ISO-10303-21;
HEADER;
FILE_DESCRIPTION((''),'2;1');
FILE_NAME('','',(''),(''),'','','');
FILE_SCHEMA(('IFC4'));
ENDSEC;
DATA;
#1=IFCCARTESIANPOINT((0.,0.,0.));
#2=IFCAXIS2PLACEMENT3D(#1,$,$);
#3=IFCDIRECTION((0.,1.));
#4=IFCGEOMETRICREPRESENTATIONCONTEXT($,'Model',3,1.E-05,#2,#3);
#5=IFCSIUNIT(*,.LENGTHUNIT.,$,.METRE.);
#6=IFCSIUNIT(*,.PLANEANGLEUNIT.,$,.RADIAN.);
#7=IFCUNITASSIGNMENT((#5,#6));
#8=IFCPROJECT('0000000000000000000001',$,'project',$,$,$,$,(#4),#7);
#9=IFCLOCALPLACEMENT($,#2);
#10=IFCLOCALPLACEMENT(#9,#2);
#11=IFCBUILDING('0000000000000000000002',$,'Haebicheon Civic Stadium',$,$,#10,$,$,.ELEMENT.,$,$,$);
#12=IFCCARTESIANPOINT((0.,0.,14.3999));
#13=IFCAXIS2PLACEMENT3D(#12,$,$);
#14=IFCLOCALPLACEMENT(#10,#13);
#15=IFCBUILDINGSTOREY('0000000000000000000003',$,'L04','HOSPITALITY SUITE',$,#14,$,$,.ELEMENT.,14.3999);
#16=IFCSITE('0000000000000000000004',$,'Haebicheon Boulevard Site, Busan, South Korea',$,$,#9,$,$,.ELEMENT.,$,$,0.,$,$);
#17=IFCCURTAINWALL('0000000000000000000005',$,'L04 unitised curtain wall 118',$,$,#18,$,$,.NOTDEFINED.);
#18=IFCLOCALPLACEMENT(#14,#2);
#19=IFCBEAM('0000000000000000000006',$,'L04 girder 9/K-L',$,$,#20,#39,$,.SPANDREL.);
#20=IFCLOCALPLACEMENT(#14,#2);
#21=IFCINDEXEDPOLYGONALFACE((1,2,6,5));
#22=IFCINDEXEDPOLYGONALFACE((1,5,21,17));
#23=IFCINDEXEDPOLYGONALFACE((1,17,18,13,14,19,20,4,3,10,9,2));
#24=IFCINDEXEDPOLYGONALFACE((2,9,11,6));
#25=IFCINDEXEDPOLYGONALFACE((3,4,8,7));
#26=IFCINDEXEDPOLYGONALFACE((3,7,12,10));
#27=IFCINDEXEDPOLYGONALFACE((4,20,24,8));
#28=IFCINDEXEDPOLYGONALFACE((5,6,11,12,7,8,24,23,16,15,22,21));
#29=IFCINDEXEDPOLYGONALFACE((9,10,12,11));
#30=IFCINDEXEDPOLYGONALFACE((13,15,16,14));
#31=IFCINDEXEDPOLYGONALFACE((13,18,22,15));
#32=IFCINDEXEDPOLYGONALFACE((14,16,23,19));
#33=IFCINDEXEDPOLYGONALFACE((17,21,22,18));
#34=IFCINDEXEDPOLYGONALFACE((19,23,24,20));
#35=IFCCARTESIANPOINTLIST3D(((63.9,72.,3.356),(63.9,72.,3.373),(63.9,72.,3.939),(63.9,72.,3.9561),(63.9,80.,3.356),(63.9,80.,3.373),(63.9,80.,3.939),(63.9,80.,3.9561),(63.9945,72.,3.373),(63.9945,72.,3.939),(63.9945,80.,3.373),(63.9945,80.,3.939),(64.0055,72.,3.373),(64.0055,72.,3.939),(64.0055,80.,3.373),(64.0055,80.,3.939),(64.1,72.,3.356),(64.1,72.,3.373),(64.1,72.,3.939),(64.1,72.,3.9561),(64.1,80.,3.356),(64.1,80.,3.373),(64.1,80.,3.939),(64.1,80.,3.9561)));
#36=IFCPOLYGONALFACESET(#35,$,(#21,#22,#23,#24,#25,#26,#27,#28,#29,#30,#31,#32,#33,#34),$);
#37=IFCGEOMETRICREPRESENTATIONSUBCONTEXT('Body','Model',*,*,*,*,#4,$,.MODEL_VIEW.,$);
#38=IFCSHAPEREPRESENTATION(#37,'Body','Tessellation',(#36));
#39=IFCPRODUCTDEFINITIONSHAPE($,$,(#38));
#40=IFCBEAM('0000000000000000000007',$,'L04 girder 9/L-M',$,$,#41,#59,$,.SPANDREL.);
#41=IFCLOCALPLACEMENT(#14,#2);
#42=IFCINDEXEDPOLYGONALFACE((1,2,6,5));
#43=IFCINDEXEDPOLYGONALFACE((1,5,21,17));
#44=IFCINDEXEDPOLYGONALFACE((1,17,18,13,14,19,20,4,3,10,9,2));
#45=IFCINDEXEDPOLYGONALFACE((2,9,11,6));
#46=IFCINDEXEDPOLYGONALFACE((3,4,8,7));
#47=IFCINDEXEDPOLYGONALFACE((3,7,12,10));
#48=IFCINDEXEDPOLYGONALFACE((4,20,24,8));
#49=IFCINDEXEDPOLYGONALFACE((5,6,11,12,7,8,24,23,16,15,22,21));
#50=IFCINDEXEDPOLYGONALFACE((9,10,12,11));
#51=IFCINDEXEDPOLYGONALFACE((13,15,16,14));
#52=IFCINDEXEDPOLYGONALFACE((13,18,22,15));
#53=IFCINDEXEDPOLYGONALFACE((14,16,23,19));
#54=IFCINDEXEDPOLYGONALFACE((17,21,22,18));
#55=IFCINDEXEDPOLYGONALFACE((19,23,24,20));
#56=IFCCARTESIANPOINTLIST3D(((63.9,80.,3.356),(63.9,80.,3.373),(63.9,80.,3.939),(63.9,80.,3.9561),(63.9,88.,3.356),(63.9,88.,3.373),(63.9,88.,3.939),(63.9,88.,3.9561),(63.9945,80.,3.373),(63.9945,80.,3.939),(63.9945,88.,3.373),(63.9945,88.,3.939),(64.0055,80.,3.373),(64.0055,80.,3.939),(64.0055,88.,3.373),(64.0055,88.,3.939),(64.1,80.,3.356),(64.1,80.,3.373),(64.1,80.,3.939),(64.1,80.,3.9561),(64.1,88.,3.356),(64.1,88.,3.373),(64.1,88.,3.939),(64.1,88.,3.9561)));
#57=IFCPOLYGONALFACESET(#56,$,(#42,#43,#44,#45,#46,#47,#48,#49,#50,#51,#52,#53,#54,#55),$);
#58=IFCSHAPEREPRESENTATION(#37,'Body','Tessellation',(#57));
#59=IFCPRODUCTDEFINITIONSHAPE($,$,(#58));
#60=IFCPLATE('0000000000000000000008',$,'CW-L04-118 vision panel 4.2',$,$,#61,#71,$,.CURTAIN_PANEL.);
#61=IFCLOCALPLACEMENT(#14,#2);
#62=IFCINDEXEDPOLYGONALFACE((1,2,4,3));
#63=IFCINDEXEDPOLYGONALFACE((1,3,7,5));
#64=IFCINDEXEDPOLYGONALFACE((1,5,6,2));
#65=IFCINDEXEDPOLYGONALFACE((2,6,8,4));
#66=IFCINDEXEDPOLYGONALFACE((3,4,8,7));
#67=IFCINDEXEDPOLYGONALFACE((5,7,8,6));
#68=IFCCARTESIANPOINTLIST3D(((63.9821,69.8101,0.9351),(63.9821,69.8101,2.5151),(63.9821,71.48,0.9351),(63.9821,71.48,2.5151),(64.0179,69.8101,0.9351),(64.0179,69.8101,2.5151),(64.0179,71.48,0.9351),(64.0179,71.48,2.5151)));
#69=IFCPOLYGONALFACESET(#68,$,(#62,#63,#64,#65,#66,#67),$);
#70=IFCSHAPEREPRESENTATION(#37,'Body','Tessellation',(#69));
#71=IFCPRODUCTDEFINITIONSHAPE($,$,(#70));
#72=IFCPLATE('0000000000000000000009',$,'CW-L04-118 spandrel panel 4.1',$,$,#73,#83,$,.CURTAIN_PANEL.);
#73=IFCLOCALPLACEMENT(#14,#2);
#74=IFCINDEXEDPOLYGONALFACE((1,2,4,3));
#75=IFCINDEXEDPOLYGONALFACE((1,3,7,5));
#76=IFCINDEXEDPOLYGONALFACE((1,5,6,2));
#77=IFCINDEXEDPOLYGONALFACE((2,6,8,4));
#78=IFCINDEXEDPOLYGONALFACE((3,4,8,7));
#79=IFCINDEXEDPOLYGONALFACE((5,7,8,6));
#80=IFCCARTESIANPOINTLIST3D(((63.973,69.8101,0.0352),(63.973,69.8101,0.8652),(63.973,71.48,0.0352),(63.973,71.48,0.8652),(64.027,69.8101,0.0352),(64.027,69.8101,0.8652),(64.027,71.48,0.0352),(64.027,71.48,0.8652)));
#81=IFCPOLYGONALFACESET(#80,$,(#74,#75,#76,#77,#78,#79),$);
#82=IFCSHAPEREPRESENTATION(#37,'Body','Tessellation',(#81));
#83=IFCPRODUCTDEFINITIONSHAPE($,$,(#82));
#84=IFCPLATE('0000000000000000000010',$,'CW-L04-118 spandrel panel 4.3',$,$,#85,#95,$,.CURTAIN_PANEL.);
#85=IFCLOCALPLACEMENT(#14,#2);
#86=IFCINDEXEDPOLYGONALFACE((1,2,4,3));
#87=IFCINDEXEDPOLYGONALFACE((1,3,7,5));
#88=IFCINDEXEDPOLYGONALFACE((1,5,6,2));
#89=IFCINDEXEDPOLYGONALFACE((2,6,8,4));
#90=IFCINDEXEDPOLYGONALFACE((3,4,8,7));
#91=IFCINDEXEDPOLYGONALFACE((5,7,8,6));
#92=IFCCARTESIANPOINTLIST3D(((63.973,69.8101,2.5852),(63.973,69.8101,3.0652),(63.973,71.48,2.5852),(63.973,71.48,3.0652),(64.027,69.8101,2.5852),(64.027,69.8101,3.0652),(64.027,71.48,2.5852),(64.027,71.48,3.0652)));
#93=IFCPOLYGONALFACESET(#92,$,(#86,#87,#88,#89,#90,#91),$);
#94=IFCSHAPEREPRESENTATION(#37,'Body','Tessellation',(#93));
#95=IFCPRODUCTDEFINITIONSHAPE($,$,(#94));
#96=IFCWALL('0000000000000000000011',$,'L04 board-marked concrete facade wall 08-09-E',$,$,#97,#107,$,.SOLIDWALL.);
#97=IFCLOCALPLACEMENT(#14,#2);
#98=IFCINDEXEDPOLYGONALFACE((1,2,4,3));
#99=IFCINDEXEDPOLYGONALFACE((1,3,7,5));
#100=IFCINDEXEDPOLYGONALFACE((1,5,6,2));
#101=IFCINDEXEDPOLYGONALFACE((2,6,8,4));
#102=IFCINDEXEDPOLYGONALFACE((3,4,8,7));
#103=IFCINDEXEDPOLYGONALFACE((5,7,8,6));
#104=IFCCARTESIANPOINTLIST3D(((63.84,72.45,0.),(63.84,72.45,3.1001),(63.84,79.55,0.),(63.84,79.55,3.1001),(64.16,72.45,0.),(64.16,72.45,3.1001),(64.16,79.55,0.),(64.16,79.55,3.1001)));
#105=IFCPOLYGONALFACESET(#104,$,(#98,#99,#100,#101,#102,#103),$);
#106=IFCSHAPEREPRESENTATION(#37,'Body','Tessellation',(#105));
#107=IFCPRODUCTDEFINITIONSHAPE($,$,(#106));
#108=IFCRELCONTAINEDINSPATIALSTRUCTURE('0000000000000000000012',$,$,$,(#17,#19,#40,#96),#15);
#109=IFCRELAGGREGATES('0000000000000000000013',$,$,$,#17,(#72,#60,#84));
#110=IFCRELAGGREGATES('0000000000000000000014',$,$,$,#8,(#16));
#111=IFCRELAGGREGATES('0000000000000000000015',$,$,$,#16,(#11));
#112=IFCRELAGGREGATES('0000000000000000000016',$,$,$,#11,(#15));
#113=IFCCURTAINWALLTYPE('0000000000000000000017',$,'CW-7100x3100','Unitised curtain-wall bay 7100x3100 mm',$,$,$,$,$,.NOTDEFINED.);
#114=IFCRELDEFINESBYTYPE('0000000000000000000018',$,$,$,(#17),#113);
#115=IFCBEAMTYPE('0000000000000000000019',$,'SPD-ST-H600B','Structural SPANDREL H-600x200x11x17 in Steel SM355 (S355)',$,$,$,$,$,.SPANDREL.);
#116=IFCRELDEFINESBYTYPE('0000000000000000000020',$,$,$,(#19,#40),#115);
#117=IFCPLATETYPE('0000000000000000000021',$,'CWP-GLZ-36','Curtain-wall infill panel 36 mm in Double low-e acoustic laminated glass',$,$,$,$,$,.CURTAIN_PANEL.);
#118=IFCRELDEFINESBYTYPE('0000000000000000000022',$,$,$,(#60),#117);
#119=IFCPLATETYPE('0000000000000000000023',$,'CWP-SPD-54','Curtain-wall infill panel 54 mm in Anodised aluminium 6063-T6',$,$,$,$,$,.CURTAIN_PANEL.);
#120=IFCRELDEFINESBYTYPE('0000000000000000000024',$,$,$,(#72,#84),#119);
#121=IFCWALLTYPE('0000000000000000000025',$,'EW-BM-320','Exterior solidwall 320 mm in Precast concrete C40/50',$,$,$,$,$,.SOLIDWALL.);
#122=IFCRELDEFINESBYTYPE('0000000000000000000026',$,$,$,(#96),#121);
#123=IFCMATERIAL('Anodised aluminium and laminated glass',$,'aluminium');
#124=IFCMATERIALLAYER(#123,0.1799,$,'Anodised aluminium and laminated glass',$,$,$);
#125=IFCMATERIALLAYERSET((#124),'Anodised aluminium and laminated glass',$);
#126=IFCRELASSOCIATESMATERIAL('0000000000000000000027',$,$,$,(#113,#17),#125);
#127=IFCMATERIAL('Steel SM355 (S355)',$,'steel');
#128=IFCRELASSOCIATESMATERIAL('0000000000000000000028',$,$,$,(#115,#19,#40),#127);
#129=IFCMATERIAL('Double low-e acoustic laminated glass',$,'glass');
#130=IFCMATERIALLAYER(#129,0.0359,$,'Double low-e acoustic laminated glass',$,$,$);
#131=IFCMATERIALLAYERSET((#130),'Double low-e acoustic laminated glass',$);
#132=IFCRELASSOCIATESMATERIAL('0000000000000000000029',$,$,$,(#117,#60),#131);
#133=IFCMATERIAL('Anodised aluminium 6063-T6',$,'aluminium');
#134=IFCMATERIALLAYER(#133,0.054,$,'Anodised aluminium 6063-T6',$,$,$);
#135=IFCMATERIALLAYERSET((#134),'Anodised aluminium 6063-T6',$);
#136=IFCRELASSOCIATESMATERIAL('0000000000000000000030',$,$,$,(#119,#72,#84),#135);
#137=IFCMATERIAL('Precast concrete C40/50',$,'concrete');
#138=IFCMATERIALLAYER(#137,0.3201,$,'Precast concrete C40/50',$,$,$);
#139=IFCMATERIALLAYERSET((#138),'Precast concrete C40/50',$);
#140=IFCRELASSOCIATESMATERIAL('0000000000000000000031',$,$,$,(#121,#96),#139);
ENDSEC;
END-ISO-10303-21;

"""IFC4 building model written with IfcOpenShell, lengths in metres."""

from ifc_helpers import new_model, si_unit, direction, frame, frame_2d, origin, origin_2d, place, context, subcontext, project, spatial, rectangle, i_section, extrude, material, layer, layer_set, material_profile, profile_set, type_object, element, aggregate, save


model = new_model("IFC4")

# Units and contexts
model_context = context("Model", 3, precision=1e-05, world=origin(), true_north=direction((0.0, 1.0)))
body_context = subcontext(model_context, "Body", "Model", "MODEL_VIEW")
ifc_project = project(units=[si_unit("LENGTHUNIT", "METRE"), si_unit("PLANEANGLEUNIT", "RADIAN")], contexts=[model_context])

# Site, building, storey
site_placement = place(None, origin())
site = spatial("IfcSite", under=ifc_project, at=site_placement, Name="Haebicheon Boulevard Site, Busan, South Korea", CompositionType="ELEMENT", RefElevation=0.0)
building_placement = place(site_placement, origin())
building = spatial("IfcBuilding", under=site, at=building_placement, Name="Haebicheon Civic Stadium", CompositionType="ELEMENT")
storey_placement = place(building_placement, frame((0.0, 0.0, 14.3999)))
storey = spatial("IfcBuildingStorey", under=building, at=storey_placement, Name="L04", Description="HOSPITALITY SUITE", CompositionType="ELEMENT", Elevation=14.3999)

# Curtain wall
ifc_material_1 = material(Name="Anodised aluminium and laminated glass", Category="aluminium")
ifc_layer_1 = layer(ifc_material_1, 0.1799, Name="Anodised aluminium and laminated glass")
ifc_layer_set_1 = layer_set([ifc_layer_1], Name="Anodised aluminium and laminated glass")
curtain_wall_type = type_object("IfcCurtainWallType", Name="CW-7100x3100", Description="Unitised curtain-wall bay 7100x3100 mm", PredefinedType="NOTDEFINED", material=ifc_layer_set_1)
curtain_wall_placement = place(storey_placement, origin())
curtain_wall = element("IfcCurtainWall", 1, at=curtain_wall_placement, inside=storey, type_object=curtain_wall_type, material=ifc_layer_set_1, Name="L04 unitised curtain wall 118", PredefinedType="NOTDEFINED")

# Beams
ifc_material_2 = material(Name="Steel SM355 (S355)", Category="steel")
ifc_material_profile_1 = material_profile(ifc_material_2, i_section(OverallWidth=0.2, OverallDepth=0.6001, WebThickness=0.011, FlangeThickness=0.0171, at=origin_2d()), Name="H-600x200x11x17")
ifc_profile_set_1 = profile_set([ifc_material_profile_1], Name="Steel SM355 (S355)")
beam_type_1 = type_object("IfcBeamType", Name="SPD-ST-H600B", Description="Structural SPANDREL H-600x200x11x17 in Steel SM355 (S355)", PredefinedType="SPANDREL", material=ifc_profile_set_1)
for number, where, z_axis, x_axis, name in (
    (2, (64.0, 72.0, 3.656), (0.0, 1.0, 0.0), (-1.0, 0.0, 0.0), "L04 girder 9/K-L"),
    (3, (64.0, 80.0, 3.656), (0.0, 1.0, 0.0), (-1.0, 0.0, 0.0), "L04 girder 9/L-M"),
):
    element("IfcBeam", number, at=place(storey_placement, frame(where, z_axis=z_axis, x_axis=x_axis)), inside=storey, type_object=beam_type_1, material=ifc_profile_set_1, Name=name, PredefinedType="SPANDREL", context=body_context, shape_type="SweptSolid", body=[
        extrude(i_section(OverallWidth=0.2, OverallDepth=0.6001, WebThickness=0.011, FlangeThickness=0.0171, at=origin_2d()), origin(), (0.0, 0.0, 1.0), 8.0),
    ])

# Plates
ifc_material_3 = material(Name="Double low-e acoustic laminated glass", Category="glass")
ifc_layer_2 = layer(ifc_material_3, 0.0359, Name="Double low-e acoustic laminated glass")
ifc_layer_set_2 = layer_set([ifc_layer_2], Name="Double low-e acoustic laminated glass")
plate_type_1 = type_object("IfcPlateType", Name="CWP-GLZ-36", Description="Curtain-wall infill panel 36 mm in Double low-e acoustic laminated glass", PredefinedType="CURTAIN_PANEL", material=ifc_layer_set_2)
plate_1_placement = place(storey_placement, frame((64.0, 70.645, 0.9351), z_axis=(0.0, 0.0, 1.0), x_axis=(0.0, 1.0, 0.0)))
plate_1 = element("IfcPlate", 4, at=plate_1_placement, type_object=plate_type_1, material=ifc_layer_set_2, Name="CW-L04-118 vision panel 4.2", PredefinedType="CURTAIN_PANEL", context=body_context, shape_type="SweptSolid", body=[
    extrude(rectangle(XDim=1.6699, YDim=0.0359, at=origin_2d()), origin(), (0.0, 0.0, 1.0), 1.5801),
])
ifc_material_4 = material(Name="Anodised aluminium 6063-T6", Category="aluminium")
ifc_layer_3 = layer(ifc_material_4, 0.054, Name="Anodised aluminium 6063-T6")
ifc_layer_set_3 = layer_set([ifc_layer_3], Name="Anodised aluminium 6063-T6")
plate_type_2 = type_object("IfcPlateType", Name="CWP-SPD-54", Description="Curtain-wall infill panel 54 mm in Anodised aluminium 6063-T6", PredefinedType="CURTAIN_PANEL", material=ifc_layer_set_3)
plate_2_placement = place(storey_placement, frame((64.0, 70.645, 0.0352), z_axis=(0.0, 0.0, 1.0), x_axis=(0.0, 1.0, 0.0)))
plate_2 = element("IfcPlate", 5, at=plate_2_placement, type_object=plate_type_2, material=ifc_layer_set_3, Name="CW-L04-118 spandrel panel 4.1", PredefinedType="CURTAIN_PANEL", context=body_context, shape_type="SweptSolid", body=[
    extrude(rectangle(XDim=1.6699, YDim=0.054, at=origin_2d()), origin(), (0.0, 0.0, 1.0), 0.8301),
])
plate_3_placement = place(storey_placement, frame((64.0, 70.645, 2.5852), z_axis=(0.0, 0.0, 1.0), x_axis=(0.0, 1.0, 0.0)))
plate_3 = element("IfcPlate", 6, at=plate_3_placement, type_object=plate_type_2, material=ifc_layer_set_3, Name="CW-L04-118 spandrel panel 4.3", PredefinedType="CURTAIN_PANEL", context=body_context, shape_type="SweptSolid", body=[
    extrude(rectangle(XDim=1.6699, YDim=0.054, at=origin_2d()), origin(), (0.0, 0.0, 1.0), 0.48),
])
aggregate(curtain_wall, [plate_2, plate_1, plate_3])

# Wall
ifc_material_5 = material(Name="Precast concrete C40/50", Category="concrete")
ifc_layer_4 = layer(ifc_material_5, 0.3201, Name="Precast concrete C40/50")
ifc_layer_set_4 = layer_set([ifc_layer_4], Name="Precast concrete C40/50")
wall_type = type_object("IfcWallType", Name="EW-BM-320", Description="Exterior solidwall 320 mm in Precast concrete C40/50", PredefinedType="SOLIDWALL", material=ifc_layer_set_4)
wall_placement = place(storey_placement, frame((64.0, 72.45, 0.0), z_axis=(0.0, 0.0, 1.0), x_axis=(0.0, 1.0, 0.0)))
element("IfcWall", 7, at=wall_placement, inside=storey, type_object=wall_type, material=ifc_layer_set_4, Name="L04 board-marked concrete facade wall 08-09-E", PredefinedType="SOLIDWALL", context=body_context, shape_type="SweptSolid", body=[
    extrude(rectangle(XDim=7.1001, YDim=0.3201, at=frame_2d((3.55, 0.0))), origin(), (0.0, 0.0, 1.0), 3.1001),
])

save(model, "model.ifc")
